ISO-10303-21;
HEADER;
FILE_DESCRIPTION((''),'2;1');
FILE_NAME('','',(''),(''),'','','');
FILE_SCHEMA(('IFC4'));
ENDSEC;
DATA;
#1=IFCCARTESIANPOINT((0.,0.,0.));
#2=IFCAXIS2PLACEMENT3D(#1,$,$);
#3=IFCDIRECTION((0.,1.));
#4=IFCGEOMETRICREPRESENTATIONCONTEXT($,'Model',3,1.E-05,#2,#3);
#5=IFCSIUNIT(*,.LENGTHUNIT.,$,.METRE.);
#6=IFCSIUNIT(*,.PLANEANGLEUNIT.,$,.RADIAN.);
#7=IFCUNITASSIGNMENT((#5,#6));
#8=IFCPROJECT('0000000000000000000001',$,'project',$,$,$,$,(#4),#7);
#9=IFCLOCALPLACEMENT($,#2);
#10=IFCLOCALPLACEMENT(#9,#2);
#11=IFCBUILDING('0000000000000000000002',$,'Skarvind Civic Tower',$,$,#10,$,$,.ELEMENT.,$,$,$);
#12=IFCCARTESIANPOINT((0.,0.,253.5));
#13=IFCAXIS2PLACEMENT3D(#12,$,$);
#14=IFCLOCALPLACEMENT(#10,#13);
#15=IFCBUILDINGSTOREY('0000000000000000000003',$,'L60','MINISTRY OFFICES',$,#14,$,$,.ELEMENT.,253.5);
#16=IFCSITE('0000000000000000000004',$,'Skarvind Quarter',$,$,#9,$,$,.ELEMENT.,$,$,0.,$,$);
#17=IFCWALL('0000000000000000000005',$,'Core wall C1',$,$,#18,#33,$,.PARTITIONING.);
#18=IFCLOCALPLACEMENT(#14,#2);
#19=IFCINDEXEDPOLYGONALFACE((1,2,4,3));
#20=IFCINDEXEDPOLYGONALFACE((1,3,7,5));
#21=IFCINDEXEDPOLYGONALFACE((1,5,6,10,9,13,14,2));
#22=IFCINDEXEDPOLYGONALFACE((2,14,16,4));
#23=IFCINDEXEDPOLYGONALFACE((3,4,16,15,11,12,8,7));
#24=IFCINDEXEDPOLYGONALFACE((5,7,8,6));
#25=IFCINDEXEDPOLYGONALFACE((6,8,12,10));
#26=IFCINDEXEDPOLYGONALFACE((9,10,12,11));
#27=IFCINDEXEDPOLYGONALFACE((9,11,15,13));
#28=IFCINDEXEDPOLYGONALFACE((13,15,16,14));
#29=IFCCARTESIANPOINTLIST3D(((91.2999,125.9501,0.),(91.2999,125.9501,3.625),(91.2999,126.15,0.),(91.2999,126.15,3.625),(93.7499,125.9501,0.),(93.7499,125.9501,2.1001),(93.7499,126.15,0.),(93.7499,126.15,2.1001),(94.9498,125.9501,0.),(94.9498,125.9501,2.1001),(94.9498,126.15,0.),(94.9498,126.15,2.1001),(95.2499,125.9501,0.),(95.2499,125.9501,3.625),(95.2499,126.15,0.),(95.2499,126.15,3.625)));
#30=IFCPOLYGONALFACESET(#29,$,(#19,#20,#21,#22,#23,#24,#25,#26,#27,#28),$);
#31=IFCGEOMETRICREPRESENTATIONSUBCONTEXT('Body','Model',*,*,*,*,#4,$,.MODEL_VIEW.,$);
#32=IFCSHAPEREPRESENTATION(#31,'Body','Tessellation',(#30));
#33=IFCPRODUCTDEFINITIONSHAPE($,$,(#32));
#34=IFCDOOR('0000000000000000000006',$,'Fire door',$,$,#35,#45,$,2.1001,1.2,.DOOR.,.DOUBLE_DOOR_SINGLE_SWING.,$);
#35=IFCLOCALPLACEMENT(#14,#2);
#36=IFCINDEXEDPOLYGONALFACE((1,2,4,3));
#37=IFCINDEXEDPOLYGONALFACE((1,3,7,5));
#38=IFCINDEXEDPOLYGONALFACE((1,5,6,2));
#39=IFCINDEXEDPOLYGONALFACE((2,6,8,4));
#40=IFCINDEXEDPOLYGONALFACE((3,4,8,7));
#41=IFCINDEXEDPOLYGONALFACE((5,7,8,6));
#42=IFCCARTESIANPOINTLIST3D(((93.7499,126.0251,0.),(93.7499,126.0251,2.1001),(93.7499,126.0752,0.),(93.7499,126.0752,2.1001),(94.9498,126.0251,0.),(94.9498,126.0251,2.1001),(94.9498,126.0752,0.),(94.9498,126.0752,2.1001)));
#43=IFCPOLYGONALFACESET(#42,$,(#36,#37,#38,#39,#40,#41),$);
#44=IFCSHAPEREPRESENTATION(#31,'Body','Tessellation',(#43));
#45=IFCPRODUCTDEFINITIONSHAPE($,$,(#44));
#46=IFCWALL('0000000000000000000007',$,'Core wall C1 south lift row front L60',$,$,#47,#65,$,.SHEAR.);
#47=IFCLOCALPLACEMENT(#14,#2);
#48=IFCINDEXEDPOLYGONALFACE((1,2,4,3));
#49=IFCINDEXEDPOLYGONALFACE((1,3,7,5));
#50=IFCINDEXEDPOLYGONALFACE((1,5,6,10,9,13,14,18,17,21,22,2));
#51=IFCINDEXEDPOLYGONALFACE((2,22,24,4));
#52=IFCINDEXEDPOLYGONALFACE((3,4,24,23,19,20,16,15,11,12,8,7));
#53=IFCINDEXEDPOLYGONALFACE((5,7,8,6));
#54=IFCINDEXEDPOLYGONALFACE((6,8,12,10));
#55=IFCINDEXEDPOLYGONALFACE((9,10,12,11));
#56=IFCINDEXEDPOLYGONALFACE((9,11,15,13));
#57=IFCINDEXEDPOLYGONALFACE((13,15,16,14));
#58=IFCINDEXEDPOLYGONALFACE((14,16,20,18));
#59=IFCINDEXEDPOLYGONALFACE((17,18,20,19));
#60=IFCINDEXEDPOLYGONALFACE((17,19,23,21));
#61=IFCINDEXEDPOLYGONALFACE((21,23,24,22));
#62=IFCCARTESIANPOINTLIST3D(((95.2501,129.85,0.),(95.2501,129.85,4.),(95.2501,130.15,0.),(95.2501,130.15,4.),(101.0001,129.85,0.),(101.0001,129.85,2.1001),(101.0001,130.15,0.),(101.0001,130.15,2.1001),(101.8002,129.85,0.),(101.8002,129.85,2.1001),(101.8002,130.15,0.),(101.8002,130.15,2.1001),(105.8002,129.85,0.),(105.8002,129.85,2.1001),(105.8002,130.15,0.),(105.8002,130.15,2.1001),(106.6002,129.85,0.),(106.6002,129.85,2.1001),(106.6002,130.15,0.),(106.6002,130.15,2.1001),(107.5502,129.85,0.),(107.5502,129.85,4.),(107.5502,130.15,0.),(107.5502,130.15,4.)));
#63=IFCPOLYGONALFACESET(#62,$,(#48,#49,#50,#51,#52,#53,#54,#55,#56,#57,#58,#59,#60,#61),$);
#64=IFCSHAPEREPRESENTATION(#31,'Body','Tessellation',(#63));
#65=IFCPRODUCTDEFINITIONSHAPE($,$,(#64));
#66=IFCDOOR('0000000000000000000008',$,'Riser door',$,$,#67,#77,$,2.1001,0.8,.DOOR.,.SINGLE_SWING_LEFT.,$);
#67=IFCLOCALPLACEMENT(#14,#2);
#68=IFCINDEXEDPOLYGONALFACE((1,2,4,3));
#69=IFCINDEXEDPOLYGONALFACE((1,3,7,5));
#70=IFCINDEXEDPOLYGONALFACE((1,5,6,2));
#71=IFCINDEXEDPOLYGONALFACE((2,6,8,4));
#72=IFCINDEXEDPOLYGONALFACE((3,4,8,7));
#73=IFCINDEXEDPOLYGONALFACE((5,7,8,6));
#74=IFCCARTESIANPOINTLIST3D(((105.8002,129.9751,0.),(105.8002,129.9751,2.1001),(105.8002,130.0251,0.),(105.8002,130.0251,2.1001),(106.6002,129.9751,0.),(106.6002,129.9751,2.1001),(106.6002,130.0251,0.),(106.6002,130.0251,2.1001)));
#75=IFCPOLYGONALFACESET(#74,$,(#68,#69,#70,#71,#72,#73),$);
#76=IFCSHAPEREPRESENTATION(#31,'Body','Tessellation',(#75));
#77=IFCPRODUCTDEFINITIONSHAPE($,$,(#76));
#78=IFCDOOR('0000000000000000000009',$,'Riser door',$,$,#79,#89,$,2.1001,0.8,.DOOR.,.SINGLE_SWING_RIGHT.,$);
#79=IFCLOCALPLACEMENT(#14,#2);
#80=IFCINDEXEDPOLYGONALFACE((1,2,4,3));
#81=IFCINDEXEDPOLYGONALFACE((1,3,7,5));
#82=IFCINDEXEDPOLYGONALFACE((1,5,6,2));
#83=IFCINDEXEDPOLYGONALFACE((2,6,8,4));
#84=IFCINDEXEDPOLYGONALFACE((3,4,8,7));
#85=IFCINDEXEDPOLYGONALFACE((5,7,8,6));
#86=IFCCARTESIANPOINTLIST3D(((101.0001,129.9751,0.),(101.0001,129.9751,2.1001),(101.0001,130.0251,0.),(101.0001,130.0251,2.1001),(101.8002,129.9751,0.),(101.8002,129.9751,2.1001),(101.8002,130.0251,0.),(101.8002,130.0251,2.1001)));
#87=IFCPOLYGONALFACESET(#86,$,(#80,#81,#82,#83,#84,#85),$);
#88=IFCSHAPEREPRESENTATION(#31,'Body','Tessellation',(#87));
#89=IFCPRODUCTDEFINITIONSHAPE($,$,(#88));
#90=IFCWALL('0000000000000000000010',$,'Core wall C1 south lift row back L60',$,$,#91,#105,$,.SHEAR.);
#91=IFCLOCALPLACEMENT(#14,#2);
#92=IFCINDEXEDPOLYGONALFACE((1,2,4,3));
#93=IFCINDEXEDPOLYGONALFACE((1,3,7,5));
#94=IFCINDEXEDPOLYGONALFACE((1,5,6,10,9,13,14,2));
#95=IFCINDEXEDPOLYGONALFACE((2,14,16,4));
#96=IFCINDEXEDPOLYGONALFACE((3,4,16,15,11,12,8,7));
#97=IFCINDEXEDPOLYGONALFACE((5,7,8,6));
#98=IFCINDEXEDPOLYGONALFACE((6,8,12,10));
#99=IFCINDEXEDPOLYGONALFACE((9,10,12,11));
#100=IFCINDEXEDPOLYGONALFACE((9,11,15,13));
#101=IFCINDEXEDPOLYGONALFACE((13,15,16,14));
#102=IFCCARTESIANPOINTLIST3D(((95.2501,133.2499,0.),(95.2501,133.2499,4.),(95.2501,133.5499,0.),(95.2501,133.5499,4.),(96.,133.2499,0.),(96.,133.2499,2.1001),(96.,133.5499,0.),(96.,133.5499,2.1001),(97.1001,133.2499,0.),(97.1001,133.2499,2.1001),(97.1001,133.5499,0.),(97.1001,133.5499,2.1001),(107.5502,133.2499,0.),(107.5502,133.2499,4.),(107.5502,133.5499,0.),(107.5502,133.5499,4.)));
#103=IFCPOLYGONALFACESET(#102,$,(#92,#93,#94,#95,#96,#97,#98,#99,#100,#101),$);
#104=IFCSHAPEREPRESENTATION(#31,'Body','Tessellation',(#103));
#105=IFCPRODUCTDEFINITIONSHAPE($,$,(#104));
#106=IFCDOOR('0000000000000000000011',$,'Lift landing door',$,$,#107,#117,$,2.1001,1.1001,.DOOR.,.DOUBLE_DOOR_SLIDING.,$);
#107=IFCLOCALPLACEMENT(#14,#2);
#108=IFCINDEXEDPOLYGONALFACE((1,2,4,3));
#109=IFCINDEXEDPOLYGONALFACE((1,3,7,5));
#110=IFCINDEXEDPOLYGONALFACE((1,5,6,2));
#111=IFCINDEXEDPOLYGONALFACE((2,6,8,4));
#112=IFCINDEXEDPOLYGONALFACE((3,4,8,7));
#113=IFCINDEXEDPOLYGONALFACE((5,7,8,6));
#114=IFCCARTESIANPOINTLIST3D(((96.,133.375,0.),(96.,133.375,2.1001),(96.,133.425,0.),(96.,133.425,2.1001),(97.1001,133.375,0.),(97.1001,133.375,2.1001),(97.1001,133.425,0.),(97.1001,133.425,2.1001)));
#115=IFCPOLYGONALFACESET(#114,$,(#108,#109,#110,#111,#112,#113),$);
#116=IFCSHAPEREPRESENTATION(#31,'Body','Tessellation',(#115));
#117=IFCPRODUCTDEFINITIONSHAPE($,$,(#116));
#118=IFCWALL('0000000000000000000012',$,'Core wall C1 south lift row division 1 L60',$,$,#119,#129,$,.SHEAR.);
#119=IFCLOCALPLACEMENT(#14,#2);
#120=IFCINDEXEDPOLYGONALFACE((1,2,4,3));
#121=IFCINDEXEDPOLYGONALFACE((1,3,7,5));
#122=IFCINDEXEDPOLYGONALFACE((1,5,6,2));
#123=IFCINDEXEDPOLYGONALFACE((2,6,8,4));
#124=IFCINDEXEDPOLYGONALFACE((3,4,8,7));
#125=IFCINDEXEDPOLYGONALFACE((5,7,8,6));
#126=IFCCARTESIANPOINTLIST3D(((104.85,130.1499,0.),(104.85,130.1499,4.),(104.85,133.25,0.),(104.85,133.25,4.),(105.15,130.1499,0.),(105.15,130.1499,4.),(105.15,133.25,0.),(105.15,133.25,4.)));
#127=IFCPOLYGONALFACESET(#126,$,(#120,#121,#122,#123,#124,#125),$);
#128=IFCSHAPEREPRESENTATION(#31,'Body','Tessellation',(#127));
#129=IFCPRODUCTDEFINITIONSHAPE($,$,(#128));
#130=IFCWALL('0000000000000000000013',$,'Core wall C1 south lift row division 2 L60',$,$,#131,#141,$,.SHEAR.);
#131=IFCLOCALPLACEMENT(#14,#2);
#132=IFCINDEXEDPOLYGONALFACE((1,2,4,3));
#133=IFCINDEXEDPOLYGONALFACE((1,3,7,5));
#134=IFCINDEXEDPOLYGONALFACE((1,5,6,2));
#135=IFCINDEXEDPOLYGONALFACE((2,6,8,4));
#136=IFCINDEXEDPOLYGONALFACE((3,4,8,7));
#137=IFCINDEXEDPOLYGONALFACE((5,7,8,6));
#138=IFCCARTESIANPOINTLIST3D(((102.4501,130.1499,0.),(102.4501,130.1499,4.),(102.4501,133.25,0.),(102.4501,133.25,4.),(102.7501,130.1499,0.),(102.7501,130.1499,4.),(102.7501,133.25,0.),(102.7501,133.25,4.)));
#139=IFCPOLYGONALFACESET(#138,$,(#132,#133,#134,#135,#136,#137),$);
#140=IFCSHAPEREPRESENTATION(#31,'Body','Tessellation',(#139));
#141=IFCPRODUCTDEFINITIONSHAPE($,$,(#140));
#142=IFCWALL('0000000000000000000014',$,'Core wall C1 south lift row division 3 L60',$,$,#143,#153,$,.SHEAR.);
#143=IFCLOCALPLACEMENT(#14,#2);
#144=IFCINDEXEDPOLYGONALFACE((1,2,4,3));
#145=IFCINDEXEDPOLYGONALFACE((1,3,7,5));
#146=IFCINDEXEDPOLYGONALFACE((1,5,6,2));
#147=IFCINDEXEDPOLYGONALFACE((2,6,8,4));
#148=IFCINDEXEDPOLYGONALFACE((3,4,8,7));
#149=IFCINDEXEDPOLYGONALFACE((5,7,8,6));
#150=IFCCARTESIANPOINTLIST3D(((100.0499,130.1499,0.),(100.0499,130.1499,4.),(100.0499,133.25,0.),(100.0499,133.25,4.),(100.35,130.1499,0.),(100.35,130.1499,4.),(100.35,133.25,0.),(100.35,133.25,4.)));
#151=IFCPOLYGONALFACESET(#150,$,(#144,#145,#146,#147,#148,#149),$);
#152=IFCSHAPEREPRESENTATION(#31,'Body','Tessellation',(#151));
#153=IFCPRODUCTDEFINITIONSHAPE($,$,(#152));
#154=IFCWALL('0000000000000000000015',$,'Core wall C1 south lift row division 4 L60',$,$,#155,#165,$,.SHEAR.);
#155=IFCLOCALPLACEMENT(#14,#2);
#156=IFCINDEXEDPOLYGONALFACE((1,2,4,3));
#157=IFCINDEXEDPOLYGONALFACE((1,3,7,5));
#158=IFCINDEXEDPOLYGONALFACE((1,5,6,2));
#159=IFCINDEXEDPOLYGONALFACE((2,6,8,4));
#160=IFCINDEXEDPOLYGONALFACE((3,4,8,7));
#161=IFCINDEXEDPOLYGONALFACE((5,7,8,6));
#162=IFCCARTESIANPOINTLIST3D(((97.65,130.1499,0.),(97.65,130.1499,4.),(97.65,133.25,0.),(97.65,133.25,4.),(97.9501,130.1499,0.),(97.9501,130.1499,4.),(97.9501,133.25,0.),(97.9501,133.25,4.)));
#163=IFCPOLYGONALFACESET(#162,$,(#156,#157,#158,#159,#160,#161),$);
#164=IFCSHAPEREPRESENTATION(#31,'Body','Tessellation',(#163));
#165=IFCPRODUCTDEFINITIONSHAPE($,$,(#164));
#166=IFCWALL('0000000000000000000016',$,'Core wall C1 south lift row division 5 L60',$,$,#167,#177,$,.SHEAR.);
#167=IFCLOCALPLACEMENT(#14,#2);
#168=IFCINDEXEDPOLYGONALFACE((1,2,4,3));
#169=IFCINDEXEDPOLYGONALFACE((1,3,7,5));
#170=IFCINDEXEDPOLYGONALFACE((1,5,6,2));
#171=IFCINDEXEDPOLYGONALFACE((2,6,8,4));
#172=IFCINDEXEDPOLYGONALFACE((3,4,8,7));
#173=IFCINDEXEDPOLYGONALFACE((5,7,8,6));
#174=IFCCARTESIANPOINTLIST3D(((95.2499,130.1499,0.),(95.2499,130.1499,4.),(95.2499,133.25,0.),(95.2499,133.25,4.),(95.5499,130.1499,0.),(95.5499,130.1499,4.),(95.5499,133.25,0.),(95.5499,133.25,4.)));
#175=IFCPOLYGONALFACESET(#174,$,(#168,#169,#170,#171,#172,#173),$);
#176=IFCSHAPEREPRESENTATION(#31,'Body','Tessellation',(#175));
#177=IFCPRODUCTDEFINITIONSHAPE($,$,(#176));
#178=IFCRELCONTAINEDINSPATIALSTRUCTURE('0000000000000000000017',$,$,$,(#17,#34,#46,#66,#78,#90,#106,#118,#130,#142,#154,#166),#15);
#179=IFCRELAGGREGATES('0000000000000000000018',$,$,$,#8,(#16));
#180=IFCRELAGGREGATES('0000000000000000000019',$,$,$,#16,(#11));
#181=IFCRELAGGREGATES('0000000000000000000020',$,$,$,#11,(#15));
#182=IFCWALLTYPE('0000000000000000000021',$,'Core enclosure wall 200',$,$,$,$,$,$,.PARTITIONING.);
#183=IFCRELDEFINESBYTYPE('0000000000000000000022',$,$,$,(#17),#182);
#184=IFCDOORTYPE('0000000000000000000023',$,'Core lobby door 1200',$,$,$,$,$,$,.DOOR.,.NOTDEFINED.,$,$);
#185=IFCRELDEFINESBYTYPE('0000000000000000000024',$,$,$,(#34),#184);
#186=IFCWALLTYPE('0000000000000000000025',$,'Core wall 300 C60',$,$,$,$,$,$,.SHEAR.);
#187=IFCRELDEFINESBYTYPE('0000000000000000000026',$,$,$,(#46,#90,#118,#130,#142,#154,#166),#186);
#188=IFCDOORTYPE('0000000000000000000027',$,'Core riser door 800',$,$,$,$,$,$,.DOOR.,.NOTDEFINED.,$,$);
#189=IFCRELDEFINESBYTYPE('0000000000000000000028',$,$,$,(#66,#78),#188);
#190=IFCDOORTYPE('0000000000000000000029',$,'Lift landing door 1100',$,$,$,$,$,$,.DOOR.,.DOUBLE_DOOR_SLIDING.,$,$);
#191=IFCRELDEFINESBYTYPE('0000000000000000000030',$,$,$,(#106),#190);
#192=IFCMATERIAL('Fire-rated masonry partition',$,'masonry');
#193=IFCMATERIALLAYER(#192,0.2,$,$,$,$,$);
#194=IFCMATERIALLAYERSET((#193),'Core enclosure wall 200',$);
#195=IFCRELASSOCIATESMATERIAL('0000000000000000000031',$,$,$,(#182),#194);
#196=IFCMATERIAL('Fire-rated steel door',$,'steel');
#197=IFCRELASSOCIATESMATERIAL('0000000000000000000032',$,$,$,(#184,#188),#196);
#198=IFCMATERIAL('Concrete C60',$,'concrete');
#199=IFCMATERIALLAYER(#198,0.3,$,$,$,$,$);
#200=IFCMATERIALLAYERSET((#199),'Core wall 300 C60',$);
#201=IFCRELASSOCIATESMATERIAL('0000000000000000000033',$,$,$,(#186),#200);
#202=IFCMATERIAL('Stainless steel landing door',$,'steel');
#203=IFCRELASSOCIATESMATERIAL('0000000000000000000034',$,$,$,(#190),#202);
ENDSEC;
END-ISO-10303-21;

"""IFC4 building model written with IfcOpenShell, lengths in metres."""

from ifc_helpers import new_model, si_unit, direction, frame, frame_2d, origin, place, context, subcontext, project, spatial, rectangle, extrude, material, layer, layer_set, type_object, element, fill, save


model = new_model("IFC4")

# Units and contexts
model_context = context("Model", 3, precision=1e-05, world=origin(), true_north=direction((0.0, 1.0)))
body_context = subcontext(model_context, "Body", "Model", "MODEL_VIEW")
ifc_project = project(units=[si_unit("LENGTHUNIT", "METRE"), si_unit("PLANEANGLEUNIT", "RADIAN")], contexts=[model_context])

# Site, building, storey
site_placement = place(None, origin())
site = spatial("IfcSite", under=ifc_project, at=site_placement, Name="Skarvind Quarter", CompositionType="ELEMENT", RefElevation=0.0)
building_placement = place(site_placement, origin())
building = spatial("IfcBuilding", under=site, at=building_placement, Name="Skarvind Civic Tower", CompositionType="ELEMENT")
storey_placement = place(building_placement, frame((0.0, 0.0, 253.5)))
storey = spatial("IfcBuildingStorey", under=building, at=storey_placement, Name="L60", Description="MINISTRY OFFICES", CompositionType="ELEMENT", Elevation=253.5)

# Wall, opening, door
ifc_material_1 = material(Name="Fire-rated masonry partition", Category="masonry")
ifc_layer_1 = layer(ifc_material_1, 0.2)
ifc_layer_set_1 = layer_set([ifc_layer_1], Name="Core enclosure wall 200")
wall_type_1 = type_object("IfcWallType", Name="Core enclosure wall 200", PredefinedType="PARTITIONING", material=ifc_layer_set_1)
wall_1_placement = place(storey_placement, frame((95.25, 126.05, 0.0), z_axis=(0.0, 0.0, 1.0), x_axis=(-1.0, 0.0, 0.0)))
wall_1 = element("IfcWall", 1, at=wall_1_placement, inside=storey, type_object=wall_type_1, Name="Core wall C1", PredefinedType="PARTITIONING", context=body_context, shape_type="SweptSolid", body=[
    extrude(rectangle(XDim=3.95, YDim=0.2, at=frame_2d((1.9751, 0.0))), origin(), (0.0, 0.0, 1.0), 3.625),
])
opening_1_placement = place(wall_1_placement, frame((0.3, 0.0, 0.0)))
opening_1 = element("IfcOpeningElement", 2, at=opening_1_placement, cuts=wall_1, PredefinedType="OPENING", context=body_context, shape_type="SweptSolid", body=[
    extrude(rectangle(XDim=1.2, YDim=2.1001, at=frame_2d((0.6001, 1.05))), frame((0.0, 0.1099, 0.0), z_axis=(0.0, -1.0, 0.0), x_axis=(1.0, 0.0, 0.0)), (0.0, 0.0, 1.0), 0.22),
])
ifc_material_2 = material(Name="Fire-rated steel door", Category="steel")
door_type_1 = type_object("IfcDoorType", Name="Core lobby door 1200", OperationType="NOTDEFINED", PredefinedType="DOOR", material=ifc_material_2)
door_1_placement = place(opening_1_placement, origin())
door_1 = element("IfcDoor", 3, at=door_1_placement, inside=storey, type_object=door_type_1, Name="Fire door", OperationType="DOUBLE_DOOR_SINGLE_SWING", OverallHeight=2.1001, OverallWidth=1.2, PredefinedType="DOOR", context=body_context, shape_type="SweptSolid", body=[
    extrude(rectangle(XDim=1.2, YDim=2.1001, at=frame_2d((0.6001, 1.05))), frame((0.0, 0.0249, 0.0), z_axis=(0.0, -1.0, 0.0), x_axis=(1.0, 0.0, 0.0)), (0.0, 0.0, 1.0), 0.05),
])
fill(opening_1, door_1)

# Wall, openings, doors
ifc_material_3 = material(Name="Concrete C60", Category="concrete")
ifc_layer_2 = layer(ifc_material_3, 0.3)
ifc_layer_set_2 = layer_set([ifc_layer_2], Name="Core wall 300 C60")
wall_type_2 = type_object("IfcWallType", Name="Core wall 300 C60", PredefinedType="SHEAR", material=ifc_layer_set_2)
wall_2_placement = place(storey_placement, frame((107.55, 130.0, 0.0), z_axis=(0.0, 0.0, 1.0), x_axis=(-1.0, 0.0, 0.0)))
wall_2 = element("IfcWall", 4, at=wall_2_placement, inside=storey, type_object=wall_type_2, Name="Core wall C1 south lift row front L60", PredefinedType="SHEAR", context=body_context, shape_type="SweptSolid", body=[
    extrude(rectangle(XDim=12.3, YDim=0.3, at=frame_2d((6.1499, 0.0))), origin(), (0.0, 0.0, 1.0), 4.0),
])
opening_2_placement = place(wall_2_placement, frame((0.95, 0.0, 0.0)))
opening_2 = element("IfcOpeningElement", 5, at=opening_2_placement, cuts=wall_2, PredefinedType="OPENING", context=body_context, shape_type="SweptSolid", body=[
    extrude(rectangle(XDim=0.8, YDim=2.1001, at=frame_2d((0.3999, 1.05))), frame((0.0, 0.1599, 0.0), z_axis=(0.0, -1.0, 0.0), x_axis=(1.0, 0.0, 0.0)), (0.0, 0.0, 1.0), 0.3201),
])
opening_3_placement = place(wall_2_placement, frame((5.75, 0.0, 0.0)))
opening_3 = element("IfcOpeningElement", 6, at=opening_3_placement, cuts=wall_2, PredefinedType="OPENING", context=body_context, shape_type="SweptSolid", body=[
    extrude(rectangle(XDim=0.8, YDim=2.1001, at=frame_2d((0.3999, 1.05))), frame((0.0, 0.1599, 0.0), z_axis=(0.0, -1.0, 0.0), x_axis=(1.0, 0.0, 0.0)), (0.0, 0.0, 1.0), 0.3201),
])
door_type_2 = type_object("IfcDoorType", Name="Core riser door 800", OperationType="NOTDEFINED", PredefinedType="DOOR", material=ifc_material_2)
door_2_placement = place(opening_2_placement, origin())
door_2 = element("IfcDoor", 7, at=door_2_placement, inside=storey, type_object=door_type_2, Name="Riser door", OperationType="SINGLE_SWING_LEFT", OverallHeight=2.1001, OverallWidth=0.8, PredefinedType="DOOR", context=body_context, shape_type="SweptSolid", body=[
    extrude(rectangle(XDim=0.8, YDim=2.1001, at=frame_2d((0.3999, 1.05))), frame((0.0, 0.0249, 0.0), z_axis=(0.0, -1.0, 0.0), x_axis=(1.0, 0.0, 0.0)), (0.0, 0.0, 1.0), 0.05),
])
fill(opening_2, door_2)
door_3_placement = place(opening_3_placement, origin())
door_3 = element("IfcDoor", 8, at=door_3_placement, inside=storey, type_object=door_type_2, Name="Riser door", OperationType="SINGLE_SWING_RIGHT", OverallHeight=2.1001, OverallWidth=0.8, PredefinedType="DOOR", context=body_context, shape_type="SweptSolid", body=[
    extrude(rectangle(XDim=0.8, YDim=2.1001, at=frame_2d((0.3999, 1.05))), frame((0.0, 0.0249, 0.0), z_axis=(0.0, -1.0, 0.0), x_axis=(1.0, 0.0, 0.0)), (0.0, 0.0, 1.0), 0.05),
])
fill(opening_3, door_3)

# Wall, opening, door
wall_3_placement = place(storey_placement, frame((107.55, 133.3999, 0.0), z_axis=(0.0, 0.0, 1.0), x_axis=(-1.0, 0.0, 0.0)))
wall_3 = element("IfcWall", 9, at=wall_3_placement, inside=storey, type_object=wall_type_2, Name="Core wall C1 south lift row back L60", PredefinedType="SHEAR", context=body_context, shape_type="SweptSolid", body=[
    extrude(rectangle(XDim=12.3, YDim=0.3, at=frame_2d((6.1499, 0.0))), origin(), (0.0, 0.0, 1.0), 4.0),
])
opening_4_placement = place(wall_3_placement, frame((10.45, 0.0, 0.0)))
opening_4 = element("IfcOpeningElement", 10, at=opening_4_placement, cuts=wall_3, PredefinedType="OPENING", context=body_context, shape_type="SweptSolid", body=[
    extrude(rectangle(XDim=1.1001, YDim=2.1001, at=frame_2d((0.55, 1.05))), frame((0.0, 0.1599, 0.0), z_axis=(0.0, -1.0, 0.0), x_axis=(1.0, 0.0, 0.0)), (0.0, 0.0, 1.0), 0.3201),
])
ifc_material_4 = material(Name="Stainless steel landing door", Category="steel")
door_type_3 = type_object("IfcDoorType", Name="Lift landing door 1100", OperationType="DOUBLE_DOOR_SLIDING", PredefinedType="DOOR", material=ifc_material_4)
door_4_placement = place(opening_4_placement, origin())
door_4 = element("IfcDoor", 11, at=door_4_placement, inside=storey, type_object=door_type_3, Name="Lift landing door", OperationType="DOUBLE_DOOR_SLIDING", OverallHeight=2.1001, OverallWidth=1.1001, PredefinedType="DOOR", context=body_context, shape_type="SweptSolid", body=[
    extrude(rectangle(XDim=1.1001, YDim=2.1001, at=frame_2d((0.55, 1.05))), frame((0.0, 0.0249, 0.0), z_axis=(0.0, -1.0, 0.0), x_axis=(1.0, 0.0, 0.0)), (0.0, 0.0, 1.0), 0.05),
])
fill(opening_4, door_4)

# Walls
for number, where, z_axis, x_axis, name in (
    (12, (105.0, 133.25, 0.0), (0.0, 0.0, 1.0), (0.0, -1.0, 0.0), "Core wall C1 south lift row division 1 L60"),
    (13, (102.6001, 133.25, 0.0), (0.0, 0.0, 1.0), (0.0, -1.0, 0.0), "Core wall C1 south lift row division 2 L60"),
    (14, (100.2, 133.25, 0.0), (0.0, 0.0, 1.0), (0.0, -1.0, 0.0), "Core wall C1 south lift row division 3 L60"),
    (15, (97.8, 133.25, 0.0), (0.0, 0.0, 1.0), (0.0, -1.0, 0.0), "Core wall C1 south lift row division 4 L60"),
    (16, (95.3999, 133.25, 0.0), (0.0, 0.0, 1.0), (0.0, -1.0, 0.0), "Core wall C1 south lift row division 5 L60"),
):
    element("IfcWall", number, at=place(storey_placement, frame(where, z_axis=z_axis, x_axis=x_axis)), inside=storey, type_object=wall_type_2, Name=name, PredefinedType="SHEAR", context=body_context, shape_type="SweptSolid", body=[
        extrude(rectangle(XDim=3.1001, YDim=0.3, at=frame_2d((1.55, 0.0))), origin(), (0.0, 0.0, 1.0), 4.0),
    ])

save(model, "model.ifc")
